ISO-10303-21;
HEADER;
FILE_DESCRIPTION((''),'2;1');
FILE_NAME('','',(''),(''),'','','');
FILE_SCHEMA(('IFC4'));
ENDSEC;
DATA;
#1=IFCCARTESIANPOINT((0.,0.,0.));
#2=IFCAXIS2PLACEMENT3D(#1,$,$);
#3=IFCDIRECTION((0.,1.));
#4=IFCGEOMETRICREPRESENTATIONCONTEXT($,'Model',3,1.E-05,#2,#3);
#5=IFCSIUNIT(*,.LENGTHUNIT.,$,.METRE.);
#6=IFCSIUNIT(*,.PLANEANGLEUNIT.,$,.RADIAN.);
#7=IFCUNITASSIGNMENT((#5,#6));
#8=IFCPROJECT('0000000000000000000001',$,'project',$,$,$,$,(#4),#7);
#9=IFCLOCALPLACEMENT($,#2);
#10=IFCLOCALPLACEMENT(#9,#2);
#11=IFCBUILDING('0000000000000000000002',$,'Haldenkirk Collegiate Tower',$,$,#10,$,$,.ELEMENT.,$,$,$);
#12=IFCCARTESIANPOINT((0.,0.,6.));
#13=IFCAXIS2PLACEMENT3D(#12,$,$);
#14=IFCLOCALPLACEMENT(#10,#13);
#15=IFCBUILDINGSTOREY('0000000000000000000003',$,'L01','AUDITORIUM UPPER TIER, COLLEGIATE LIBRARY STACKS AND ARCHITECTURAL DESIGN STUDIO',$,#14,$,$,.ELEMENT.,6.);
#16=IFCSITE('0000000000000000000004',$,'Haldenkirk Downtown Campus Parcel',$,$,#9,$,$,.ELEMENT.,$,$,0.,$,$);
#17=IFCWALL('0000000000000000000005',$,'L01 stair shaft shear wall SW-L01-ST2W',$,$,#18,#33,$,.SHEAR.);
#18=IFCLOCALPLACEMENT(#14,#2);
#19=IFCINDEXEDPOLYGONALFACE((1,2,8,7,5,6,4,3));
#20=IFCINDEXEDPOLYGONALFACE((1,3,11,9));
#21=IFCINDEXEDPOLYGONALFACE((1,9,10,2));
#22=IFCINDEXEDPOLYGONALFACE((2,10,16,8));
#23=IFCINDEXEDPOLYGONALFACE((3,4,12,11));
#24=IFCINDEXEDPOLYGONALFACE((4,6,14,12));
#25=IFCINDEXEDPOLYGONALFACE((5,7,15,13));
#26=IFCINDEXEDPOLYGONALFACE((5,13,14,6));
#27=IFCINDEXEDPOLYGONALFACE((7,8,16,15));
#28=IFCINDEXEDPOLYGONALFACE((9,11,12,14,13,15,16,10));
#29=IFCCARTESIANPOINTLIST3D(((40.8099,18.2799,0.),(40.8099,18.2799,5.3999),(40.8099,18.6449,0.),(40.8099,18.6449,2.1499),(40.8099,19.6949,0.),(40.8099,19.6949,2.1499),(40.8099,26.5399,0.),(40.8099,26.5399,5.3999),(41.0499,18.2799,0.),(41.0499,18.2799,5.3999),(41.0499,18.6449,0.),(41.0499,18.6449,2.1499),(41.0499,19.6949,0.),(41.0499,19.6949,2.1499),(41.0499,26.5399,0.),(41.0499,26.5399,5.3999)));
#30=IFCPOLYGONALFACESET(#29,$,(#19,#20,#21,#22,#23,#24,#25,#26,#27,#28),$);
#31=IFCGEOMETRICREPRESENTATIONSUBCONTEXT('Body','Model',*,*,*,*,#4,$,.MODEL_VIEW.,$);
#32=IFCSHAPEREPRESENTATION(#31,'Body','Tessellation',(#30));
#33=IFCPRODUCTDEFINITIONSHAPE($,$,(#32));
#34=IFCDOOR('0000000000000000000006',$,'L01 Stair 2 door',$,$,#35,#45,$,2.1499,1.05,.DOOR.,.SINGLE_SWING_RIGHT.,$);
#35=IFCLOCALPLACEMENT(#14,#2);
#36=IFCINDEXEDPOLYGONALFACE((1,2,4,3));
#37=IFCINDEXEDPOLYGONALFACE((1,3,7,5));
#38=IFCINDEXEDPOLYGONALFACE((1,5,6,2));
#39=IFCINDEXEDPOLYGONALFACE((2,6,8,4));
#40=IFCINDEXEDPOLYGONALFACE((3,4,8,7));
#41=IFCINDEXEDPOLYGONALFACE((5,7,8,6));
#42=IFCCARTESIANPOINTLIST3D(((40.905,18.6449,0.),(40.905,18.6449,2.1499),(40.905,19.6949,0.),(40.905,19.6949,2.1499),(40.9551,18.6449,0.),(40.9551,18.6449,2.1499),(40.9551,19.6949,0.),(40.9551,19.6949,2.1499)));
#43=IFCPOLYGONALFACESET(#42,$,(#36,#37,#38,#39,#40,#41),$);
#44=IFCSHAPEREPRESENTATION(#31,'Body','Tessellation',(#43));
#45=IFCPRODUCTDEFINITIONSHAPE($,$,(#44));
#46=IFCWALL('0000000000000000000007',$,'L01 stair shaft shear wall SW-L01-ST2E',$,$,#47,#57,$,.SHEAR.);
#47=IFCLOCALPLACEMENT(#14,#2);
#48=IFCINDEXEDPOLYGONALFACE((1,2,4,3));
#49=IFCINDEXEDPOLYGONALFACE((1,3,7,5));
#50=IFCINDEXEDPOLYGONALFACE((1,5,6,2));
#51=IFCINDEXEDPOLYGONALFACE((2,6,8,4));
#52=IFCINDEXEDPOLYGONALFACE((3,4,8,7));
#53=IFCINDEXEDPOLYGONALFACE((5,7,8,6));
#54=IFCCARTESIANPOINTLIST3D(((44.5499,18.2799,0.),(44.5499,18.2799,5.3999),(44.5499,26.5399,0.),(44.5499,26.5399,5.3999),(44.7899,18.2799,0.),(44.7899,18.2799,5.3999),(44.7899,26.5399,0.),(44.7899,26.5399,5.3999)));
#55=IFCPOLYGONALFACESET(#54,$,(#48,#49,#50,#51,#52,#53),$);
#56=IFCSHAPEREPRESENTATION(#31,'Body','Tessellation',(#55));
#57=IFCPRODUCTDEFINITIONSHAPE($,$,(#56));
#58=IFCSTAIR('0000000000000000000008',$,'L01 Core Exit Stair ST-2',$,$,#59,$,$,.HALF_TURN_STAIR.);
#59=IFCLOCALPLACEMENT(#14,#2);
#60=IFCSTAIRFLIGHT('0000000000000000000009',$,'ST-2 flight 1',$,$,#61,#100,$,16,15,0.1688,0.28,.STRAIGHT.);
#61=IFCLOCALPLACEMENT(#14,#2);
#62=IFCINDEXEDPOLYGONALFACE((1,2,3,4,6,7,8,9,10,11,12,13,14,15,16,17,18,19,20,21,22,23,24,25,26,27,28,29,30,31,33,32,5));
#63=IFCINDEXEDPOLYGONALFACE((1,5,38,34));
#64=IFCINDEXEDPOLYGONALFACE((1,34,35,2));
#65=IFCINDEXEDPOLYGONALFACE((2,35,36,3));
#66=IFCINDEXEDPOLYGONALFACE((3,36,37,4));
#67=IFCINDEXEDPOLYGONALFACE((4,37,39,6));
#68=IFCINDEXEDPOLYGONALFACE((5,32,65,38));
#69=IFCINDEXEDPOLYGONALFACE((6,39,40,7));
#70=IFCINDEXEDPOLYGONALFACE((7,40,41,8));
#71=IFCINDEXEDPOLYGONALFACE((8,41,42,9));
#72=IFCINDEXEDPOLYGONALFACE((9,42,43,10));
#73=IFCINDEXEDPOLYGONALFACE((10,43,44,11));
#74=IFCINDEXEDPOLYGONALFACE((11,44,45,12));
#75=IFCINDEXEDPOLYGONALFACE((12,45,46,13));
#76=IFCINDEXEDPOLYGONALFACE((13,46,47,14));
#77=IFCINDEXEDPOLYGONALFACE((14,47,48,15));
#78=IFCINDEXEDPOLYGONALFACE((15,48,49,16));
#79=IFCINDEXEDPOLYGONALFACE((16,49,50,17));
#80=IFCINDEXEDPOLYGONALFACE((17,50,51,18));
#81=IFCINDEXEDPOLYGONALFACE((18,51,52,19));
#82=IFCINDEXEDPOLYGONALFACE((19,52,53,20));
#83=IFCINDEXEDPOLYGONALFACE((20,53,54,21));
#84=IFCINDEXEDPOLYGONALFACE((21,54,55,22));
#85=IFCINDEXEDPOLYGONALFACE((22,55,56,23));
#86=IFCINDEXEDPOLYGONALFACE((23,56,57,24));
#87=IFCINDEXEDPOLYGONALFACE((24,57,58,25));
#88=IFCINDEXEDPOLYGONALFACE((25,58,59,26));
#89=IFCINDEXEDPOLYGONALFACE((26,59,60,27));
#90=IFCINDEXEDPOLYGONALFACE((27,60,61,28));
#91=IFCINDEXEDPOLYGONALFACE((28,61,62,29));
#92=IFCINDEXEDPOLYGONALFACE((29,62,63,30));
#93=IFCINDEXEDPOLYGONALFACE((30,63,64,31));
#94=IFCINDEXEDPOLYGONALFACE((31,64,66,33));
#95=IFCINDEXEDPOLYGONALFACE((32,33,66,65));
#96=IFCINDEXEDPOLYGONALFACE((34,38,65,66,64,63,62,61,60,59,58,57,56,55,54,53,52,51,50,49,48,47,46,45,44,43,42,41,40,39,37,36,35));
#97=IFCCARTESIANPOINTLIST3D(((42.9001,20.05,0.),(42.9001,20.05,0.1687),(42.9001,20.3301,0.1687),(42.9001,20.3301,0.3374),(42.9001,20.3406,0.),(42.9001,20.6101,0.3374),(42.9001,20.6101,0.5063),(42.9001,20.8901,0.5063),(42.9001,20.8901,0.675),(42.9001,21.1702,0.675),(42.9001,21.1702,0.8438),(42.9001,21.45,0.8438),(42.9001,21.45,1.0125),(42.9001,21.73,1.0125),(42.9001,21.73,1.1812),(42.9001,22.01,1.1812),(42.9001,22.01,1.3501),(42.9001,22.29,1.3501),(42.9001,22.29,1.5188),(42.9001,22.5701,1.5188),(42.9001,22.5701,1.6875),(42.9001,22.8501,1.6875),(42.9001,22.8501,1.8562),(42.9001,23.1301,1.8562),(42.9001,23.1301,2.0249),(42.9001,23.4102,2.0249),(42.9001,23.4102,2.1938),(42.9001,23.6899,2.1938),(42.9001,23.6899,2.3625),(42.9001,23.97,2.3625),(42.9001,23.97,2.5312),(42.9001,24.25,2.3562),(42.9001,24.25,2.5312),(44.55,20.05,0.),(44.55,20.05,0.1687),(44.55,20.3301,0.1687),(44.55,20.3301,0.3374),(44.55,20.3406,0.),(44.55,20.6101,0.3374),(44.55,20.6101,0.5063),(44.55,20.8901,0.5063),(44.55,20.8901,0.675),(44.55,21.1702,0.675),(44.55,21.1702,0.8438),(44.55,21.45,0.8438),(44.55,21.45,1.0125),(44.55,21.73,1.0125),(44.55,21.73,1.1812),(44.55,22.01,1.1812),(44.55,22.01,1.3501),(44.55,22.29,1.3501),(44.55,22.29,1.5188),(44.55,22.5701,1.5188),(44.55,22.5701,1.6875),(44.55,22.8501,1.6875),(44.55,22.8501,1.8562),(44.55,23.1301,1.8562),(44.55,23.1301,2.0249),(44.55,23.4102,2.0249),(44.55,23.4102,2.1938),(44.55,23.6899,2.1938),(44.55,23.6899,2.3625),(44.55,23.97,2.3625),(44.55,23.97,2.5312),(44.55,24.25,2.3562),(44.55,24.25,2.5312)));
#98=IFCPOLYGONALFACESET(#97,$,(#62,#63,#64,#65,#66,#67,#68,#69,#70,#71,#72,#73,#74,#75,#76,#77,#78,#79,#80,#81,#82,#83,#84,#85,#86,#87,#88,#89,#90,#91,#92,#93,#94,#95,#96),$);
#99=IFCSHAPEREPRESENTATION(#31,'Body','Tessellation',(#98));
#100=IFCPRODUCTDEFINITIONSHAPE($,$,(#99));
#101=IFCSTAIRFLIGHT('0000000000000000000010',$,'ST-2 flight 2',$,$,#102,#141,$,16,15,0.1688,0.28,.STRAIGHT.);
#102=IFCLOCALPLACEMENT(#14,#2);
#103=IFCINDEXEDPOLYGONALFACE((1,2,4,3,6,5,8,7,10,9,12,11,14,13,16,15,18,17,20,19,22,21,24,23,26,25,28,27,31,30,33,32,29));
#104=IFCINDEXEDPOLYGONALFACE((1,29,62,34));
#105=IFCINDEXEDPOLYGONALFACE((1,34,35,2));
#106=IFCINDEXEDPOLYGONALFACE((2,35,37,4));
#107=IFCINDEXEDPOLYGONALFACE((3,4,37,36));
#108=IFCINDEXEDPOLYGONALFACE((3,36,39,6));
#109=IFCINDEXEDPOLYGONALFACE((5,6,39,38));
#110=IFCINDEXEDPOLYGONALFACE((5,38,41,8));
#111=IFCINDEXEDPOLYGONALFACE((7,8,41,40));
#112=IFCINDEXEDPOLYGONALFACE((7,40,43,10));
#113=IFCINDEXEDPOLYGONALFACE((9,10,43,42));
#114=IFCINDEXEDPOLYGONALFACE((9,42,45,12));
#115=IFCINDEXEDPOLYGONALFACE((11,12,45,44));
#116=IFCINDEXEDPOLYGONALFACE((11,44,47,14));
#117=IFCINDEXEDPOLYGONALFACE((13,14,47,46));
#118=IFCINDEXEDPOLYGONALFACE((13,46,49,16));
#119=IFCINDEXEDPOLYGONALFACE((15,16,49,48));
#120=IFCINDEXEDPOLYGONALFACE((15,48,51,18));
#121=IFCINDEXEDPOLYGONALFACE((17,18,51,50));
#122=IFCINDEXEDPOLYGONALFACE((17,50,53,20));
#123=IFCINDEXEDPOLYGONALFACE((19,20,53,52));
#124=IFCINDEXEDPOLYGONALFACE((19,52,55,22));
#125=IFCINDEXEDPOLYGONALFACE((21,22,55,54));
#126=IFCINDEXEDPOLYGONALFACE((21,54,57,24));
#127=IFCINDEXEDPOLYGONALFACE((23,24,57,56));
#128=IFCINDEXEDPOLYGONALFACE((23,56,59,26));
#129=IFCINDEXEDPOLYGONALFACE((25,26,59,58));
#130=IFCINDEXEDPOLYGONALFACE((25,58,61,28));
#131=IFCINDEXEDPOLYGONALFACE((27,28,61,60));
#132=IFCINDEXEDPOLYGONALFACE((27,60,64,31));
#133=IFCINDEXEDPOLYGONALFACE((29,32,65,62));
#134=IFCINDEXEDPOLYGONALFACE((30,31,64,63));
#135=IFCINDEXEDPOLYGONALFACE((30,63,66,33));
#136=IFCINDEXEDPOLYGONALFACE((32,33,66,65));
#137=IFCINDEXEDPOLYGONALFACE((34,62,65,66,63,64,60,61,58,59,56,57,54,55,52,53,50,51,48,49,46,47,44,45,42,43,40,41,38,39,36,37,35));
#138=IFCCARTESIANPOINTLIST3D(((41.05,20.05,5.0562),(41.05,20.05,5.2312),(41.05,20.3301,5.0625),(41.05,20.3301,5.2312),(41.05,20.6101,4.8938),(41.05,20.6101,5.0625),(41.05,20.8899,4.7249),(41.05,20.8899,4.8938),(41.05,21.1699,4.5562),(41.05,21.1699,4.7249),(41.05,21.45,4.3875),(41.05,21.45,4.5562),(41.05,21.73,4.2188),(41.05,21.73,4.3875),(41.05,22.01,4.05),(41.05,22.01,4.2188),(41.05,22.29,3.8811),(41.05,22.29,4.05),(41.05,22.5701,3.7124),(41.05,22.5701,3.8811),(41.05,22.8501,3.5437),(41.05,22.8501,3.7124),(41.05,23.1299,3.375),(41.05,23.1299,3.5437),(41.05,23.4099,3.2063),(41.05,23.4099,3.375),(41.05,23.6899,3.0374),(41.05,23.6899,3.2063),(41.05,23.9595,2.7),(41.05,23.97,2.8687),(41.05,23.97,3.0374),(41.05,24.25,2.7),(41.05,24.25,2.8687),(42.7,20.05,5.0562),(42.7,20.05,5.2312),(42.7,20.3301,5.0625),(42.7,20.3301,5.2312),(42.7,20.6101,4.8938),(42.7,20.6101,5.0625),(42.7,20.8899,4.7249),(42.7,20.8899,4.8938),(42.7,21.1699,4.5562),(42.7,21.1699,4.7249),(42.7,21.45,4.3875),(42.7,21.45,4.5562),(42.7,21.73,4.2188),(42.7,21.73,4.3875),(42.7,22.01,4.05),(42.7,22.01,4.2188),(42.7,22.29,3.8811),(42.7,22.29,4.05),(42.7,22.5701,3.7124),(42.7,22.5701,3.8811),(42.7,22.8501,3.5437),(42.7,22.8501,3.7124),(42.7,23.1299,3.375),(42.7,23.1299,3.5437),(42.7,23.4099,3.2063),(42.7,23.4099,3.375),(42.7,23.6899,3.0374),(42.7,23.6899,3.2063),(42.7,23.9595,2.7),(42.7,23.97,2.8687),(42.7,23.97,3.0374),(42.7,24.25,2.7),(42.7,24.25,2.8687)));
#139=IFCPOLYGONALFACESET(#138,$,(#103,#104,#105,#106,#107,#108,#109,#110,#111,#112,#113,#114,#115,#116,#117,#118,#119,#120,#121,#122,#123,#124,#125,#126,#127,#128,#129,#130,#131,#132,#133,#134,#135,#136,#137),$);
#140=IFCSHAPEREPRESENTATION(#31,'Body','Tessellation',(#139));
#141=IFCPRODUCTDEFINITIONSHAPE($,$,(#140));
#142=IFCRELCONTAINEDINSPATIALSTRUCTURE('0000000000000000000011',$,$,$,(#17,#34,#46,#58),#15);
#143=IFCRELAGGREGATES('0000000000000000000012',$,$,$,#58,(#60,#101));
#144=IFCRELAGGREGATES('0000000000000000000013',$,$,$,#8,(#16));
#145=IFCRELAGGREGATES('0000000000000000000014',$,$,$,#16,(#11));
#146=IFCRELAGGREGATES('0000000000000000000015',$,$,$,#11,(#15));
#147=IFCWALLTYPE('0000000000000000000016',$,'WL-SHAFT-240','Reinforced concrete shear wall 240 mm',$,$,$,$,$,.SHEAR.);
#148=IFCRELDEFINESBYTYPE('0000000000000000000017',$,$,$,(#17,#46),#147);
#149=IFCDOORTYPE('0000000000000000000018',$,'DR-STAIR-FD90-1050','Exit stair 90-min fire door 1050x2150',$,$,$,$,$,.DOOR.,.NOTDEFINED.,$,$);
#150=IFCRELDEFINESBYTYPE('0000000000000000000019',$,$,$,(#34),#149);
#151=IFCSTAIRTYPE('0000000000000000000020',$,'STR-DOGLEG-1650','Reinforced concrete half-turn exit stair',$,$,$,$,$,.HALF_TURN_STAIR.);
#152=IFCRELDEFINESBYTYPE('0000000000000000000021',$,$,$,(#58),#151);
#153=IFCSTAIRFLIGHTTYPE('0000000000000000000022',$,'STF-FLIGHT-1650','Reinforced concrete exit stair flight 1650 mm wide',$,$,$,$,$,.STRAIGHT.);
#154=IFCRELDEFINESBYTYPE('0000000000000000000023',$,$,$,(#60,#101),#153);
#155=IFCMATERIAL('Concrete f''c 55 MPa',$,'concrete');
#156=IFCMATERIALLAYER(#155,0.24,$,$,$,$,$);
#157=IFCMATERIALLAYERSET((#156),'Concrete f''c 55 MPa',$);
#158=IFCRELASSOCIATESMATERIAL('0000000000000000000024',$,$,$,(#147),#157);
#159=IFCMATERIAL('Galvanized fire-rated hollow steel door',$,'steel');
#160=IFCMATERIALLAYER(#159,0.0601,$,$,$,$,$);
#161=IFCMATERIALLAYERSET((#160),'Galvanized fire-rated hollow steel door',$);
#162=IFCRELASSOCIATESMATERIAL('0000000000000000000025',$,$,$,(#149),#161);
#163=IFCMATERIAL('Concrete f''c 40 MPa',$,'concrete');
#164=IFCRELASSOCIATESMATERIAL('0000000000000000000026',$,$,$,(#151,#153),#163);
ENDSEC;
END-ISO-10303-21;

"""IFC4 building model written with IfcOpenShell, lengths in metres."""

from ifc_helpers import new_model, si_unit, direction, frame, frame_2d, origin, place, context, subcontext, project, spatial, polyline, rectangle, outline, extrude, material, layer, layer_set, type_object, element, fill, aggregate, save


model = new_model("IFC4")

# Units and contexts
model_context = context("Model", 3, precision=1e-05, world=origin(), true_north=direction((0.0, 1.0)))
body_context = subcontext(model_context, "Body", "Model", "MODEL_VIEW")
ifc_project = project(units=[si_unit("LENGTHUNIT", "METRE"), si_unit("PLANEANGLEUNIT", "RADIAN")], contexts=[model_context])

# Site, building, storey
site_placement = place(None, origin())
site = spatial("IfcSite", under=ifc_project, at=site_placement, Name="Haldenkirk Downtown Campus Parcel", CompositionType="ELEMENT", RefElevation=0.0)
building_placement = place(site_placement, origin())
building = spatial("IfcBuilding", under=site, at=building_placement, Name="Haldenkirk Collegiate Tower", CompositionType="ELEMENT")
storey_placement = place(building_placement, frame((0.0, 0.0, 6.0)))
storey = spatial("IfcBuildingStorey", under=building, at=storey_placement, Name="L01", Description="AUDITORIUM UPPER TIER, COLLEGIATE LIBRARY STACKS AND ARCHITECTURAL DESIGN STUDIO", CompositionType="ELEMENT", Elevation=6.0)

# Shared definitions
ifc_material_1 = material(Name="Galvanized fire-rated hollow steel door", Category="steel")

# Wall, opening, door
ifc_material_2 = material(Name="Concrete f'c 55 MPa", Category="concrete")
ifc_layer_1 = layer(ifc_material_2, 0.24)
ifc_layer_set_1 = layer_set([ifc_layer_1], Name="Concrete f'c 55 MPa")
wall_type_1 = type_object("IfcWallType", Name="WL-SHAFT-240", Description="Reinforced concrete shear wall 240 mm", PredefinedType="SHEAR", material=ifc_layer_set_1)
wall_1_placement = place(storey_placement, frame((40.9299, 18.28, 0.0), z_axis=(0.0, 0.0, 1.0), x_axis=(0.0, 1.0, 0.0)))
wall_1 = element("IfcWall", 1, at=wall_1_placement, inside=storey, type_object=wall_type_1, Name="L01 stair shaft shear wall SW-L01-ST2W", PredefinedType="SHEAR", context=body_context, shape_type="SweptSolid", body=[
    extrude(rectangle(XDim=8.26, YDim=0.24, at=frame_2d((4.1299, 0.0))), origin(), (0.0, 0.0, 1.0), 5.3999),
])
opening_1_placement = place(wall_1_placement, frame((0.365, 0.0, 0.0)))
opening_1 = element("IfcOpeningElement", 2, at=opening_1_placement, cuts=wall_1, PredefinedType="OPENING", context=body_context, shape_type="SweptSolid", body=[
    extrude(rectangle(XDim=1.05, YDim=2.1499, at=frame_2d((0.5249, 1.075))), frame((0.0, 0.1299, 0.0), z_axis=(0.0, -1.0, 0.0), x_axis=(1.0, 0.0, 0.0)), (0.0, 0.0, 1.0), 0.26),
])
ifc_layer_2 = layer(ifc_material_1, 0.0601)
ifc_layer_set_2 = layer_set([ifc_layer_2], Name="Galvanized fire-rated hollow steel door")
door_type_1 = type_object("IfcDoorType", Name="DR-STAIR-FD90-1050", Description="Exit stair 90-min fire door 1050x2150", OperationType="NOTDEFINED", PredefinedType="DOOR", material=ifc_layer_set_2)
door_1_placement = place(opening_1_placement, origin())
door_1 = element("IfcDoor", 3, at=door_1_placement, inside=storey, type_object=door_type_1, Name="L01 Stair 2 door", OperationType="SINGLE_SWING_RIGHT", OverallHeight=2.1499, OverallWidth=1.05, PredefinedType="DOOR", context=body_context, shape_type="SweptSolid", body=[
    extrude(rectangle(XDim=1.05, YDim=2.1499, at=frame_2d((0.5249, 1.075))), frame((0.0, 0.0249, 0.0), z_axis=(0.0, -1.0, 0.0), x_axis=(1.0, 0.0, 0.0)), (0.0, 0.0, 1.0), 0.05),
])
fill(opening_1, door_1)

# Wall
wall_2_placement = place(storey_placement, frame((44.6699, 18.28, 0.0), z_axis=(0.0, 0.0, 1.0), x_axis=(0.0, 1.0, 0.0)))
element("IfcWall", 4, at=wall_2_placement, inside=storey, type_object=wall_type_1, Name="L01 stair shaft shear wall SW-L01-ST2E", PredefinedType="SHEAR", context=body_context, shape_type="SweptSolid", body=[
    extrude(rectangle(XDim=8.26, YDim=0.24, at=frame_2d((4.1299, 0.0))), origin(), (0.0, 0.0, 1.0), 5.3999),
])

# Stair, stair flights
ifc_material_3 = material(Name="Concrete f'c 40 MPa", Category="concrete")
stair_type = type_object("IfcStairType", Name="STR-DOGLEG-1650", Description="Reinforced concrete half-turn exit stair", PredefinedType="HALF_TURN_STAIR", material=ifc_material_3)
stair_placement = place(storey_placement, origin())
stair = element("IfcStair", 5, at=stair_placement, inside=storey, type_object=stair_type, Name="L01 Core Exit Stair ST-2", PredefinedType="HALF_TURN_STAIR")
stair_flight_type = type_object("IfcStairFlightType", Name="STF-FLIGHT-1650", Description="Reinforced concrete exit stair flight 1650 mm wide", PredefinedType="STRAIGHT", material=ifc_material_3)
stair_flight_1_placement = place(storey_placement, frame((43.7251, 20.05, 0.0), z_axis=(0.0, 0.0, 1.0), x_axis=(0.0, 1.0, 0.0)))
stair_flight_1 = element("IfcStairFlight", 6, at=stair_flight_1_placement, type_object=stair_flight_type, Name="ST-2 flight 1", NumberOfRisers=16, NumberOfTreads=15, PredefinedType="STRAIGHT", RiserHeight=0.1688, TreadLength=0.28, context=body_context, shape_type="SweptSolid", body=[
    extrude(outline(polyline([(0.0, 0.0), (0.0, 0.1687), (0.28, 0.1687), (0.28, 0.3374), (0.5601, 0.3374), (0.5601, 0.5063), (0.8401, 0.5063), (0.8401, 0.675), (1.1201, 0.675), (1.1201, 0.8438), (1.3999, 0.8438), (1.3999, 1.0125), (1.6799, 1.0125), (1.6799, 1.1812), (1.96, 1.1812), (1.96, 1.3501), (2.24, 1.3501), (2.24, 1.5188), (2.52, 1.5188), (2.52, 1.6875), (2.8, 1.6875), (2.8, 1.8562), (3.0801, 1.8562), (3.0801, 2.0249), (3.3601, 2.0249), (3.3601, 2.1938), (3.6399, 2.1938), (3.6399, 2.3625), (3.9199, 2.3625), (3.9199, 2.5312), (4.2, 2.5312), (4.2, 2.7), (4.2, 2.3562), (0.2905, 0.0), (0.0, 0.0)])), frame((0.0, 0.825, 0.0), z_axis=(0.0, -1.0, 0.0), x_axis=(1.0, 0.0, 0.0)), (0.0, 0.0, 1.0), 1.6499),
])
stair_flight_2_placement = place(storey_placement, frame((41.875, 24.25, 2.7), z_axis=(0.0, 0.0, 1.0), x_axis=(0.0, -1.0, 0.0)))
stair_flight_2 = element("IfcStairFlight", 7, at=stair_flight_2_placement, type_object=stair_flight_type, Name="ST-2 flight 2", NumberOfRisers=16, NumberOfTreads=15, PredefinedType="STRAIGHT", RiserHeight=0.1688, TreadLength=0.28, context=body_context, shape_type="SweptSolid", body=[
    extrude(outline(polyline([(0.0, 0.0), (0.0, 0.1687), (0.28, 0.1687), (0.28, 0.3374), (0.5601, 0.3374), (0.5601, 0.5063), (0.8401, 0.5063), (0.8401, 0.675), (1.1201, 0.675), (1.1201, 0.8438), (1.3999, 0.8438), (1.3999, 1.0125), (1.6799, 1.0125), (1.6799, 1.1812), (1.96, 1.1812), (1.96, 1.3501), (2.24, 1.3501), (2.24, 1.5188), (2.52, 1.5188), (2.52, 1.6875), (2.8, 1.6875), (2.8, 1.8562), (3.0801, 1.8562), (3.0801, 2.0249), (3.3601, 2.0249), (3.3601, 2.1938), (3.6399, 2.1938), (3.6399, 2.3625), (3.9199, 2.3625), (3.9199, 2.5312), (4.2, 2.5312), (4.2, 2.7), (4.2, 2.3562), (0.2905, 0.0), (0.0, 0.0)])), frame((0.0, 0.825, 0.0), z_axis=(0.0, -1.0, 0.0), x_axis=(1.0, 0.0, 0.0)), (0.0, 0.0, 1.0), 1.6499),
])
aggregate(stair, [stair_flight_1, stair_flight_2])

save(model, "model.ifc")
